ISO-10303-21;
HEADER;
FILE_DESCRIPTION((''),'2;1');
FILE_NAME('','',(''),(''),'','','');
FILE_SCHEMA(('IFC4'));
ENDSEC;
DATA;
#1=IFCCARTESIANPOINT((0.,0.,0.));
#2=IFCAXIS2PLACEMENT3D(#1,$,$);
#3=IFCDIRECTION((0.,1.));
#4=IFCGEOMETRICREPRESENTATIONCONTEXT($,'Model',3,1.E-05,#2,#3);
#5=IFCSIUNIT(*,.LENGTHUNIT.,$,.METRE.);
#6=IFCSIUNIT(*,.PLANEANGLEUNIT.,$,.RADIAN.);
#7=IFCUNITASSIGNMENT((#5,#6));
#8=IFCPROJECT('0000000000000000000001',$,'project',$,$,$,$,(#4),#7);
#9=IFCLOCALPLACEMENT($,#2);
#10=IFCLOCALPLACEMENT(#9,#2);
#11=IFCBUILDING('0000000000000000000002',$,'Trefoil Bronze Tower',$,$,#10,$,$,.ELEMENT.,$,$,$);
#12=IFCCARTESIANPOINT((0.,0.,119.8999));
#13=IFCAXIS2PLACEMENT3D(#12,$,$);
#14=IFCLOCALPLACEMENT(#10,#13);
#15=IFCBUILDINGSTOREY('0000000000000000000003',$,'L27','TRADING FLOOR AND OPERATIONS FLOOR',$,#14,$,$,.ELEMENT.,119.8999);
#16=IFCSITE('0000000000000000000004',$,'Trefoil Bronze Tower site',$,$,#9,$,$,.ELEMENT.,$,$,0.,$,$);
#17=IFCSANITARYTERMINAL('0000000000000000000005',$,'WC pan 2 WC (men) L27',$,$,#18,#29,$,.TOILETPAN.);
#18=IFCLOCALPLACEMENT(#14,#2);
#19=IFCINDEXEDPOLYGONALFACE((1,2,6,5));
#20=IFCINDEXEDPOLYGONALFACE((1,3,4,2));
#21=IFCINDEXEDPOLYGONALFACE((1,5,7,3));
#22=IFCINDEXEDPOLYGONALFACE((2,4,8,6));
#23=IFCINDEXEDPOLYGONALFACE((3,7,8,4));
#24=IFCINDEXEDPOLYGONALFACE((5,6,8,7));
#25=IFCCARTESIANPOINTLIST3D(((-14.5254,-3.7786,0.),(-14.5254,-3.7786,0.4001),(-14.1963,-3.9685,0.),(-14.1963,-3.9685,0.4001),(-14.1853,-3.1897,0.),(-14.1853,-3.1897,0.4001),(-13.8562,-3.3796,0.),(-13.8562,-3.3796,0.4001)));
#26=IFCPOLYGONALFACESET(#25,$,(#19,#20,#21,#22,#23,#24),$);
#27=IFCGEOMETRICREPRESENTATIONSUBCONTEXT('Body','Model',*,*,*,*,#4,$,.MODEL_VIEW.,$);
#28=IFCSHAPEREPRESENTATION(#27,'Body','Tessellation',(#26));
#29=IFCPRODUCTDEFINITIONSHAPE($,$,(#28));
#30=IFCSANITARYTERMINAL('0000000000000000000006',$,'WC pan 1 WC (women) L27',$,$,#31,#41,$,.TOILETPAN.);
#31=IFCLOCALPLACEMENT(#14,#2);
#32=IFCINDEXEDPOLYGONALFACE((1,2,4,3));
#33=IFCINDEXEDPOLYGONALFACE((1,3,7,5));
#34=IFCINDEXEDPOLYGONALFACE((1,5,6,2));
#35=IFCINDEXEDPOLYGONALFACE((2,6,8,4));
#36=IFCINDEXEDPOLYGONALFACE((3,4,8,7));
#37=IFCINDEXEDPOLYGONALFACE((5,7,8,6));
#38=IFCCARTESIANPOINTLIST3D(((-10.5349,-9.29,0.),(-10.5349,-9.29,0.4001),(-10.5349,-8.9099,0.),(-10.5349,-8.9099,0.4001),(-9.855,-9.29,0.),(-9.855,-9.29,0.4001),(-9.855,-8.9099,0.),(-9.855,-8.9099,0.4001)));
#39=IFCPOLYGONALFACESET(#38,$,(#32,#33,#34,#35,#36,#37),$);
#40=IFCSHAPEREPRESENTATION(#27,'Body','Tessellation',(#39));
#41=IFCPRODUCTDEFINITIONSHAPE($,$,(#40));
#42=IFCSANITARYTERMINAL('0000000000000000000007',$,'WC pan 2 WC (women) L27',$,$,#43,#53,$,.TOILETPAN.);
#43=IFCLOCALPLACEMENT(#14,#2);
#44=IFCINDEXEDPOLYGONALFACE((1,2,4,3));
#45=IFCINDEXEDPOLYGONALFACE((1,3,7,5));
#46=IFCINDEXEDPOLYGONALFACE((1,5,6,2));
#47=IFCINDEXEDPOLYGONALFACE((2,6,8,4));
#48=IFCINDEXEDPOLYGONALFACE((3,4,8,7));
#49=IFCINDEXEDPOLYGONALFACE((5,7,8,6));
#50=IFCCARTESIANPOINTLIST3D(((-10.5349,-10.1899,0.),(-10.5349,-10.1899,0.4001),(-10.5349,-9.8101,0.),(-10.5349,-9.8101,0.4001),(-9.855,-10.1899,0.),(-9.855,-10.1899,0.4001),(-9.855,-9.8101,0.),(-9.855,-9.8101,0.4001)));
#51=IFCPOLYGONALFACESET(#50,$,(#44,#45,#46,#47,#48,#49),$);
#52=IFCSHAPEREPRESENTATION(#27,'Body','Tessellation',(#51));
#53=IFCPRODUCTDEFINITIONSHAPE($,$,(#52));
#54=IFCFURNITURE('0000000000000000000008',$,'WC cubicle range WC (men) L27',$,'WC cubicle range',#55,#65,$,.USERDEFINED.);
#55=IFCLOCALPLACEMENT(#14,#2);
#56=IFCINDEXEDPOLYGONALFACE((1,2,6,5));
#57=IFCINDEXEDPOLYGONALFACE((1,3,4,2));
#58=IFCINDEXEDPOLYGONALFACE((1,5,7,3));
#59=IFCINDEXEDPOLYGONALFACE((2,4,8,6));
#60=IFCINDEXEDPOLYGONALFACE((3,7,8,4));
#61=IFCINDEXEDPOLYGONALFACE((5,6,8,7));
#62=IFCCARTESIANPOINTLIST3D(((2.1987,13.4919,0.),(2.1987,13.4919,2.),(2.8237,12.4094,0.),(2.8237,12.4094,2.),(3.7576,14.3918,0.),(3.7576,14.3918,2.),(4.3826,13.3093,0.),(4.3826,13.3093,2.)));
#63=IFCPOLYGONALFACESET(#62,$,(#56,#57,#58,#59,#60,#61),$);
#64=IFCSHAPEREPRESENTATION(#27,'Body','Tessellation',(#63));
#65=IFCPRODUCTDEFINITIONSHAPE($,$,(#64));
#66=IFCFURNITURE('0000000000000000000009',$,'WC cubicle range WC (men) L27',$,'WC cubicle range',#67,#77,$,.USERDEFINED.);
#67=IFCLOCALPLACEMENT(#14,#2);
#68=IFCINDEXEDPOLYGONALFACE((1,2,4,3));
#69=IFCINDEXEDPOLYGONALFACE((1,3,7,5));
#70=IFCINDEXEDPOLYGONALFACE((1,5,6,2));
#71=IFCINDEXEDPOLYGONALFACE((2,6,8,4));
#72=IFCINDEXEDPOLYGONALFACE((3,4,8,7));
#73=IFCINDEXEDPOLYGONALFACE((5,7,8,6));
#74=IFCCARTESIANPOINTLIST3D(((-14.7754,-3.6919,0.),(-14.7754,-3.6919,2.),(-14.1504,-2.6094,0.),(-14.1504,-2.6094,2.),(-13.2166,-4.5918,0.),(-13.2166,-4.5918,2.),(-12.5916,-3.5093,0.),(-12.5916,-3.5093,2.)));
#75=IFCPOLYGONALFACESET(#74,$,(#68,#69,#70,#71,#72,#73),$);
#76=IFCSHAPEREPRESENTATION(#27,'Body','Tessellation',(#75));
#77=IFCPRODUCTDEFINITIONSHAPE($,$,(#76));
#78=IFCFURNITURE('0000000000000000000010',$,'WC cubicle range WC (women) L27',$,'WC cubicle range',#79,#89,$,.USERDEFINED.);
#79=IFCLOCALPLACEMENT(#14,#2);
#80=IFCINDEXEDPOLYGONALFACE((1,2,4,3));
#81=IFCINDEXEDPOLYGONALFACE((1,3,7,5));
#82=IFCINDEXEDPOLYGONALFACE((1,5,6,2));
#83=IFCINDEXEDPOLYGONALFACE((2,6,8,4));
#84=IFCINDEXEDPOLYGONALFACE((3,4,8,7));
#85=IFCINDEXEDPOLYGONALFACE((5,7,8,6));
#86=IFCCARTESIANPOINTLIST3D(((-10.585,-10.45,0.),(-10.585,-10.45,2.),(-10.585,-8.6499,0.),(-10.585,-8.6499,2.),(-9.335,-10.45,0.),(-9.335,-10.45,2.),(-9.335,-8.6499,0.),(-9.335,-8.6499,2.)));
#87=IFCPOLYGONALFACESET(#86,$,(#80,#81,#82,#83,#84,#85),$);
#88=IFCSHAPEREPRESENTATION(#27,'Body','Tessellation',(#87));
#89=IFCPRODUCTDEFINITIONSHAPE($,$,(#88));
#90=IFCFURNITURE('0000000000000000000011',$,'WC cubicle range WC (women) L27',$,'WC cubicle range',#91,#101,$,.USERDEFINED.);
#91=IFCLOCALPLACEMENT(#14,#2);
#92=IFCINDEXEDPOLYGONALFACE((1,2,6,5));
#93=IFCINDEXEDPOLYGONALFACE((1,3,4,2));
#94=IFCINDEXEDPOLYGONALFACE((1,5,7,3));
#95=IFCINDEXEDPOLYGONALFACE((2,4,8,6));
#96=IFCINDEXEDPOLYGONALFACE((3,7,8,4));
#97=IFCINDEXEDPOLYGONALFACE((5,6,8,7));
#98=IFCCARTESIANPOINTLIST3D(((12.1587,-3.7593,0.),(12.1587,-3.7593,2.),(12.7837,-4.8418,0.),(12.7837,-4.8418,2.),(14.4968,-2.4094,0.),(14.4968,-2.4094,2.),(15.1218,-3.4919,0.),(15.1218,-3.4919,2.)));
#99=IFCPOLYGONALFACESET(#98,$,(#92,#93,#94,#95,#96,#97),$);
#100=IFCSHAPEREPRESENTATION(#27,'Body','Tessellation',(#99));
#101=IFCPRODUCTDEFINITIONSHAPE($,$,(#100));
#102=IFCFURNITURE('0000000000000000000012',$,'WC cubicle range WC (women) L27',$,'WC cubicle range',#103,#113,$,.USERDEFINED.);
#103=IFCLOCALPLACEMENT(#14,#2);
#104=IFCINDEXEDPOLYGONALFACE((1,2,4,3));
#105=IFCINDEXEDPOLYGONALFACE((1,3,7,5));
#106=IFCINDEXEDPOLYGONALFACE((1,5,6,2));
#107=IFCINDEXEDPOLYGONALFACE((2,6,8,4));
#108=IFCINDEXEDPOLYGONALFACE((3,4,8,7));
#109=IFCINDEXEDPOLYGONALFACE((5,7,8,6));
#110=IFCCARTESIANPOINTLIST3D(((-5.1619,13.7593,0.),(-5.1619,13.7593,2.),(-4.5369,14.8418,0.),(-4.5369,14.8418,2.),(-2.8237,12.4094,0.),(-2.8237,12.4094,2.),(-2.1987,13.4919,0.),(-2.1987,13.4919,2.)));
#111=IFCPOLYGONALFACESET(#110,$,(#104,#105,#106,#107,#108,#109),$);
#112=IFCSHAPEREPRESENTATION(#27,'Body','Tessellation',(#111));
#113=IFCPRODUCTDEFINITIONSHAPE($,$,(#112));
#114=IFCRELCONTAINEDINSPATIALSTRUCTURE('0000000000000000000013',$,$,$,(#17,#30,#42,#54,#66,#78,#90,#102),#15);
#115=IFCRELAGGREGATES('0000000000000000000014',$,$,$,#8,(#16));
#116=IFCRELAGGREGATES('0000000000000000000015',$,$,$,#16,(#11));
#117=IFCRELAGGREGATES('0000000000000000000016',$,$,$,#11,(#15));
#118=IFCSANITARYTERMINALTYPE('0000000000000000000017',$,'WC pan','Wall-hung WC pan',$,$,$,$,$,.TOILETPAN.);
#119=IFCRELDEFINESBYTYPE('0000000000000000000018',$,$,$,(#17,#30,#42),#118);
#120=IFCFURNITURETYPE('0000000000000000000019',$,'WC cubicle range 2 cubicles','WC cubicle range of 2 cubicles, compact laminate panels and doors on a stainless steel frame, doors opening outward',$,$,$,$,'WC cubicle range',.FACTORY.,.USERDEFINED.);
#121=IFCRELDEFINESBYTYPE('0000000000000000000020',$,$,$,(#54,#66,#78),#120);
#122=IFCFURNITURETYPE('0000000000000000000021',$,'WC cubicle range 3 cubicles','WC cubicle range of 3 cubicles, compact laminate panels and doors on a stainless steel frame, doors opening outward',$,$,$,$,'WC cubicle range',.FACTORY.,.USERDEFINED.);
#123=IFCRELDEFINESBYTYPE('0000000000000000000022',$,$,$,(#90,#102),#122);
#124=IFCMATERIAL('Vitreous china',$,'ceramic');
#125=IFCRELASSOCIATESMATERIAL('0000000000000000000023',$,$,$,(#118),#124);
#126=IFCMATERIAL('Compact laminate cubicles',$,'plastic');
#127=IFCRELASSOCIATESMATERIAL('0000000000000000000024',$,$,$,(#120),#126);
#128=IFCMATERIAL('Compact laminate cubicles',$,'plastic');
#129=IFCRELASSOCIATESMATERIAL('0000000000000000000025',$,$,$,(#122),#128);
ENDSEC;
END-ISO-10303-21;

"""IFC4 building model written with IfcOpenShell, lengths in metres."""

from ifc_helpers import new_model, si_unit, direction, frame, origin, place, context, subcontext, project, spatial, polyline, outline, extrude, material, type_object, element, save


model = new_model("IFC4")

# Units and contexts
model_context = context("Model", 3, precision=1e-05, world=origin(), true_north=direction((0.0, 1.0)))
body_context = subcontext(model_context, "Body", "Model", "MODEL_VIEW")
ifc_project = project(units=[si_unit("LENGTHUNIT", "METRE"), si_unit("PLANEANGLEUNIT", "RADIAN")], contexts=[model_context])

# Site, building, storey
site_placement = place(None, origin())
site = spatial("IfcSite", under=ifc_project, at=site_placement, Name="Trefoil Bronze Tower site", CompositionType="ELEMENT", RefElevation=0.0)
building_placement = place(site_placement, origin())
building = spatial("IfcBuilding", under=site, at=building_placement, Name="Trefoil Bronze Tower", CompositionType="ELEMENT")
storey_placement = place(building_placement, frame((0.0, 0.0, 119.8999)))
storey = spatial("IfcBuildingStorey", under=building, at=storey_placement, Name="L27", Description="TRADING FLOOR AND OPERATIONS FLOOR", CompositionType="ELEMENT", Elevation=119.8999)

# Sanitary terminals
ifc_material_1 = material(Name="Vitreous china", Category="ceramic")
sanitary_terminal_type_1 = type_object("IfcSanitaryTerminalType", Name="WC pan", Description="Wall-hung WC pan", PredefinedType="TOILETPAN", material=ifc_material_1)
sanitary_terminal_1_placement = place(storey_placement, origin())
element("IfcSanitaryTerminal", 1, at=sanitary_terminal_1_placement, inside=storey, type_object=sanitary_terminal_type_1, Name="WC pan 2 WC (men) L27", PredefinedType="TOILETPAN", context=body_context, shape_type="SweptSolid", body=[
    extrude(outline(polyline([(-13.8562, -3.3796), (-14.1963, -3.9685), (-14.5254, -3.7786), (-14.1853, -3.1897), (-13.8562, -3.3796)])), origin(), (0.0, 0.0, 1.0), 0.4001),
])
sanitary_terminal_2_placement = place(storey_placement, origin())
element("IfcSanitaryTerminal", 2, at=sanitary_terminal_2_placement, inside=storey, type_object=sanitary_terminal_type_1, Name="WC pan 1 WC (women) L27", PredefinedType="TOILETPAN", context=body_context, shape_type="SweptSolid", body=[
    extrude(outline(polyline([(-9.855, -8.9099), (-10.5349, -8.9099), (-10.5349, -9.29), (-9.855, -9.29), (-9.855, -8.9099)])), origin(), (0.0, 0.0, 1.0), 0.4001),
])
sanitary_terminal_3_placement = place(storey_placement, origin())
element("IfcSanitaryTerminal", 3, at=sanitary_terminal_3_placement, inside=storey, type_object=sanitary_terminal_type_1, Name="WC pan 2 WC (women) L27", PredefinedType="TOILETPAN", context=body_context, shape_type="SweptSolid", body=[
    extrude(outline(polyline([(-9.855, -9.8101), (-10.5349, -9.8101), (-10.5349, -10.1899), (-9.855, -10.1899), (-9.855, -9.8101)])), origin(), (0.0, 0.0, 1.0), 0.4001),
])

# Furniture
ifc_material_2 = material(Name="Compact laminate cubicles", Category="plastic")
furniture_type_1 = type_object("IfcFurnitureType", Name="WC cubicle range 2 cubicles", Description="WC cubicle range of 2 cubicles, compact laminate panels and doors on a stainless steel frame, doors opening outward", ElementType="WC cubicle range", AssemblyPlace="FACTORY", PredefinedType="USERDEFINED", material=ifc_material_2)
furniture_1_placement = place(storey_placement, origin())
element("IfcFurniture", 4, at=furniture_1_placement, inside=storey, type_object=furniture_type_1, Name="WC cubicle range WC (men) L27", ObjectType="WC cubicle range", PredefinedType="USERDEFINED", context=body_context, shape_type="SweptSolid", body=[
    extrude(outline(polyline([(2.8237, 12.4094), (2.1987, 13.4919), (3.7576, 14.3918), (4.3826, 13.3093), (2.8237, 12.4094)])), origin(), (0.0, 0.0, 1.0), 2.0),
])
furniture_2_placement = place(storey_placement, origin())
element("IfcFurniture", 5, at=furniture_2_placement, inside=storey, type_object=furniture_type_1, Name="WC cubicle range WC (men) L27", ObjectType="WC cubicle range", PredefinedType="USERDEFINED", context=body_context, shape_type="SweptSolid", body=[
    extrude(outline(polyline([(-12.5916, -3.5093), (-13.2166, -4.5918), (-14.7754, -3.6919), (-14.1504, -2.6094), (-12.5916, -3.5093)])), origin(), (0.0, 0.0, 1.0), 2.0),
])
furniture_3_placement = place(storey_placement, origin())
element("IfcFurniture", 6, at=furniture_3_placement, inside=storey, type_object=furniture_type_1, Name="WC cubicle range WC (women) L27", ObjectType="WC cubicle range", PredefinedType="USERDEFINED", context=body_context, shape_type="SweptSolid", body=[
    extrude(outline(polyline([(-9.335, -8.6499), (-10.585, -8.6499), (-10.585, -10.45), (-9.335, -10.45), (-9.335, -8.6499)])), origin(), (0.0, 0.0, 1.0), 2.0),
])
ifc_material_3 = material(Name="Compact laminate cubicles", Category="plastic")
furniture_type_2 = type_object("IfcFurnitureType", Name="WC cubicle range 3 cubicles", Description="WC cubicle range of 3 cubicles, compact laminate panels and doors on a stainless steel frame, doors opening outward", ElementType="WC cubicle range", AssemblyPlace="FACTORY", PredefinedType="USERDEFINED", material=ifc_material_3)
furniture_4_placement = place(storey_placement, origin())
element("IfcFurniture", 7, at=furniture_4_placement, inside=storey, type_object=furniture_type_2, Name="WC cubicle range WC (women) L27", ObjectType="WC cubicle range", PredefinedType="USERDEFINED", context=body_context, shape_type="SweptSolid", body=[
    extrude(outline(polyline([(12.1587, -3.7593), (12.7837, -4.8418), (15.1218, -3.4919), (14.4968, -2.4094), (12.1587, -3.7593)])), origin(), (0.0, 0.0, 1.0), 2.0),
])
furniture_5_placement = place(storey_placement, origin())
element("IfcFurniture", 8, at=furniture_5_placement, inside=storey, type_object=furniture_type_2, Name="WC cubicle range WC (women) L27", ObjectType="WC cubicle range", PredefinedType="USERDEFINED", context=body_context, shape_type="SweptSolid", body=[
    extrude(outline(polyline([(-2.8237, 12.4094), (-2.1987, 13.4919), (-4.5369, 14.8418), (-5.1619, 13.7593), (-2.8237, 12.4094)])), origin(), (0.0, 0.0, 1.0), 2.0),
])

save(model, "model.ifc")
